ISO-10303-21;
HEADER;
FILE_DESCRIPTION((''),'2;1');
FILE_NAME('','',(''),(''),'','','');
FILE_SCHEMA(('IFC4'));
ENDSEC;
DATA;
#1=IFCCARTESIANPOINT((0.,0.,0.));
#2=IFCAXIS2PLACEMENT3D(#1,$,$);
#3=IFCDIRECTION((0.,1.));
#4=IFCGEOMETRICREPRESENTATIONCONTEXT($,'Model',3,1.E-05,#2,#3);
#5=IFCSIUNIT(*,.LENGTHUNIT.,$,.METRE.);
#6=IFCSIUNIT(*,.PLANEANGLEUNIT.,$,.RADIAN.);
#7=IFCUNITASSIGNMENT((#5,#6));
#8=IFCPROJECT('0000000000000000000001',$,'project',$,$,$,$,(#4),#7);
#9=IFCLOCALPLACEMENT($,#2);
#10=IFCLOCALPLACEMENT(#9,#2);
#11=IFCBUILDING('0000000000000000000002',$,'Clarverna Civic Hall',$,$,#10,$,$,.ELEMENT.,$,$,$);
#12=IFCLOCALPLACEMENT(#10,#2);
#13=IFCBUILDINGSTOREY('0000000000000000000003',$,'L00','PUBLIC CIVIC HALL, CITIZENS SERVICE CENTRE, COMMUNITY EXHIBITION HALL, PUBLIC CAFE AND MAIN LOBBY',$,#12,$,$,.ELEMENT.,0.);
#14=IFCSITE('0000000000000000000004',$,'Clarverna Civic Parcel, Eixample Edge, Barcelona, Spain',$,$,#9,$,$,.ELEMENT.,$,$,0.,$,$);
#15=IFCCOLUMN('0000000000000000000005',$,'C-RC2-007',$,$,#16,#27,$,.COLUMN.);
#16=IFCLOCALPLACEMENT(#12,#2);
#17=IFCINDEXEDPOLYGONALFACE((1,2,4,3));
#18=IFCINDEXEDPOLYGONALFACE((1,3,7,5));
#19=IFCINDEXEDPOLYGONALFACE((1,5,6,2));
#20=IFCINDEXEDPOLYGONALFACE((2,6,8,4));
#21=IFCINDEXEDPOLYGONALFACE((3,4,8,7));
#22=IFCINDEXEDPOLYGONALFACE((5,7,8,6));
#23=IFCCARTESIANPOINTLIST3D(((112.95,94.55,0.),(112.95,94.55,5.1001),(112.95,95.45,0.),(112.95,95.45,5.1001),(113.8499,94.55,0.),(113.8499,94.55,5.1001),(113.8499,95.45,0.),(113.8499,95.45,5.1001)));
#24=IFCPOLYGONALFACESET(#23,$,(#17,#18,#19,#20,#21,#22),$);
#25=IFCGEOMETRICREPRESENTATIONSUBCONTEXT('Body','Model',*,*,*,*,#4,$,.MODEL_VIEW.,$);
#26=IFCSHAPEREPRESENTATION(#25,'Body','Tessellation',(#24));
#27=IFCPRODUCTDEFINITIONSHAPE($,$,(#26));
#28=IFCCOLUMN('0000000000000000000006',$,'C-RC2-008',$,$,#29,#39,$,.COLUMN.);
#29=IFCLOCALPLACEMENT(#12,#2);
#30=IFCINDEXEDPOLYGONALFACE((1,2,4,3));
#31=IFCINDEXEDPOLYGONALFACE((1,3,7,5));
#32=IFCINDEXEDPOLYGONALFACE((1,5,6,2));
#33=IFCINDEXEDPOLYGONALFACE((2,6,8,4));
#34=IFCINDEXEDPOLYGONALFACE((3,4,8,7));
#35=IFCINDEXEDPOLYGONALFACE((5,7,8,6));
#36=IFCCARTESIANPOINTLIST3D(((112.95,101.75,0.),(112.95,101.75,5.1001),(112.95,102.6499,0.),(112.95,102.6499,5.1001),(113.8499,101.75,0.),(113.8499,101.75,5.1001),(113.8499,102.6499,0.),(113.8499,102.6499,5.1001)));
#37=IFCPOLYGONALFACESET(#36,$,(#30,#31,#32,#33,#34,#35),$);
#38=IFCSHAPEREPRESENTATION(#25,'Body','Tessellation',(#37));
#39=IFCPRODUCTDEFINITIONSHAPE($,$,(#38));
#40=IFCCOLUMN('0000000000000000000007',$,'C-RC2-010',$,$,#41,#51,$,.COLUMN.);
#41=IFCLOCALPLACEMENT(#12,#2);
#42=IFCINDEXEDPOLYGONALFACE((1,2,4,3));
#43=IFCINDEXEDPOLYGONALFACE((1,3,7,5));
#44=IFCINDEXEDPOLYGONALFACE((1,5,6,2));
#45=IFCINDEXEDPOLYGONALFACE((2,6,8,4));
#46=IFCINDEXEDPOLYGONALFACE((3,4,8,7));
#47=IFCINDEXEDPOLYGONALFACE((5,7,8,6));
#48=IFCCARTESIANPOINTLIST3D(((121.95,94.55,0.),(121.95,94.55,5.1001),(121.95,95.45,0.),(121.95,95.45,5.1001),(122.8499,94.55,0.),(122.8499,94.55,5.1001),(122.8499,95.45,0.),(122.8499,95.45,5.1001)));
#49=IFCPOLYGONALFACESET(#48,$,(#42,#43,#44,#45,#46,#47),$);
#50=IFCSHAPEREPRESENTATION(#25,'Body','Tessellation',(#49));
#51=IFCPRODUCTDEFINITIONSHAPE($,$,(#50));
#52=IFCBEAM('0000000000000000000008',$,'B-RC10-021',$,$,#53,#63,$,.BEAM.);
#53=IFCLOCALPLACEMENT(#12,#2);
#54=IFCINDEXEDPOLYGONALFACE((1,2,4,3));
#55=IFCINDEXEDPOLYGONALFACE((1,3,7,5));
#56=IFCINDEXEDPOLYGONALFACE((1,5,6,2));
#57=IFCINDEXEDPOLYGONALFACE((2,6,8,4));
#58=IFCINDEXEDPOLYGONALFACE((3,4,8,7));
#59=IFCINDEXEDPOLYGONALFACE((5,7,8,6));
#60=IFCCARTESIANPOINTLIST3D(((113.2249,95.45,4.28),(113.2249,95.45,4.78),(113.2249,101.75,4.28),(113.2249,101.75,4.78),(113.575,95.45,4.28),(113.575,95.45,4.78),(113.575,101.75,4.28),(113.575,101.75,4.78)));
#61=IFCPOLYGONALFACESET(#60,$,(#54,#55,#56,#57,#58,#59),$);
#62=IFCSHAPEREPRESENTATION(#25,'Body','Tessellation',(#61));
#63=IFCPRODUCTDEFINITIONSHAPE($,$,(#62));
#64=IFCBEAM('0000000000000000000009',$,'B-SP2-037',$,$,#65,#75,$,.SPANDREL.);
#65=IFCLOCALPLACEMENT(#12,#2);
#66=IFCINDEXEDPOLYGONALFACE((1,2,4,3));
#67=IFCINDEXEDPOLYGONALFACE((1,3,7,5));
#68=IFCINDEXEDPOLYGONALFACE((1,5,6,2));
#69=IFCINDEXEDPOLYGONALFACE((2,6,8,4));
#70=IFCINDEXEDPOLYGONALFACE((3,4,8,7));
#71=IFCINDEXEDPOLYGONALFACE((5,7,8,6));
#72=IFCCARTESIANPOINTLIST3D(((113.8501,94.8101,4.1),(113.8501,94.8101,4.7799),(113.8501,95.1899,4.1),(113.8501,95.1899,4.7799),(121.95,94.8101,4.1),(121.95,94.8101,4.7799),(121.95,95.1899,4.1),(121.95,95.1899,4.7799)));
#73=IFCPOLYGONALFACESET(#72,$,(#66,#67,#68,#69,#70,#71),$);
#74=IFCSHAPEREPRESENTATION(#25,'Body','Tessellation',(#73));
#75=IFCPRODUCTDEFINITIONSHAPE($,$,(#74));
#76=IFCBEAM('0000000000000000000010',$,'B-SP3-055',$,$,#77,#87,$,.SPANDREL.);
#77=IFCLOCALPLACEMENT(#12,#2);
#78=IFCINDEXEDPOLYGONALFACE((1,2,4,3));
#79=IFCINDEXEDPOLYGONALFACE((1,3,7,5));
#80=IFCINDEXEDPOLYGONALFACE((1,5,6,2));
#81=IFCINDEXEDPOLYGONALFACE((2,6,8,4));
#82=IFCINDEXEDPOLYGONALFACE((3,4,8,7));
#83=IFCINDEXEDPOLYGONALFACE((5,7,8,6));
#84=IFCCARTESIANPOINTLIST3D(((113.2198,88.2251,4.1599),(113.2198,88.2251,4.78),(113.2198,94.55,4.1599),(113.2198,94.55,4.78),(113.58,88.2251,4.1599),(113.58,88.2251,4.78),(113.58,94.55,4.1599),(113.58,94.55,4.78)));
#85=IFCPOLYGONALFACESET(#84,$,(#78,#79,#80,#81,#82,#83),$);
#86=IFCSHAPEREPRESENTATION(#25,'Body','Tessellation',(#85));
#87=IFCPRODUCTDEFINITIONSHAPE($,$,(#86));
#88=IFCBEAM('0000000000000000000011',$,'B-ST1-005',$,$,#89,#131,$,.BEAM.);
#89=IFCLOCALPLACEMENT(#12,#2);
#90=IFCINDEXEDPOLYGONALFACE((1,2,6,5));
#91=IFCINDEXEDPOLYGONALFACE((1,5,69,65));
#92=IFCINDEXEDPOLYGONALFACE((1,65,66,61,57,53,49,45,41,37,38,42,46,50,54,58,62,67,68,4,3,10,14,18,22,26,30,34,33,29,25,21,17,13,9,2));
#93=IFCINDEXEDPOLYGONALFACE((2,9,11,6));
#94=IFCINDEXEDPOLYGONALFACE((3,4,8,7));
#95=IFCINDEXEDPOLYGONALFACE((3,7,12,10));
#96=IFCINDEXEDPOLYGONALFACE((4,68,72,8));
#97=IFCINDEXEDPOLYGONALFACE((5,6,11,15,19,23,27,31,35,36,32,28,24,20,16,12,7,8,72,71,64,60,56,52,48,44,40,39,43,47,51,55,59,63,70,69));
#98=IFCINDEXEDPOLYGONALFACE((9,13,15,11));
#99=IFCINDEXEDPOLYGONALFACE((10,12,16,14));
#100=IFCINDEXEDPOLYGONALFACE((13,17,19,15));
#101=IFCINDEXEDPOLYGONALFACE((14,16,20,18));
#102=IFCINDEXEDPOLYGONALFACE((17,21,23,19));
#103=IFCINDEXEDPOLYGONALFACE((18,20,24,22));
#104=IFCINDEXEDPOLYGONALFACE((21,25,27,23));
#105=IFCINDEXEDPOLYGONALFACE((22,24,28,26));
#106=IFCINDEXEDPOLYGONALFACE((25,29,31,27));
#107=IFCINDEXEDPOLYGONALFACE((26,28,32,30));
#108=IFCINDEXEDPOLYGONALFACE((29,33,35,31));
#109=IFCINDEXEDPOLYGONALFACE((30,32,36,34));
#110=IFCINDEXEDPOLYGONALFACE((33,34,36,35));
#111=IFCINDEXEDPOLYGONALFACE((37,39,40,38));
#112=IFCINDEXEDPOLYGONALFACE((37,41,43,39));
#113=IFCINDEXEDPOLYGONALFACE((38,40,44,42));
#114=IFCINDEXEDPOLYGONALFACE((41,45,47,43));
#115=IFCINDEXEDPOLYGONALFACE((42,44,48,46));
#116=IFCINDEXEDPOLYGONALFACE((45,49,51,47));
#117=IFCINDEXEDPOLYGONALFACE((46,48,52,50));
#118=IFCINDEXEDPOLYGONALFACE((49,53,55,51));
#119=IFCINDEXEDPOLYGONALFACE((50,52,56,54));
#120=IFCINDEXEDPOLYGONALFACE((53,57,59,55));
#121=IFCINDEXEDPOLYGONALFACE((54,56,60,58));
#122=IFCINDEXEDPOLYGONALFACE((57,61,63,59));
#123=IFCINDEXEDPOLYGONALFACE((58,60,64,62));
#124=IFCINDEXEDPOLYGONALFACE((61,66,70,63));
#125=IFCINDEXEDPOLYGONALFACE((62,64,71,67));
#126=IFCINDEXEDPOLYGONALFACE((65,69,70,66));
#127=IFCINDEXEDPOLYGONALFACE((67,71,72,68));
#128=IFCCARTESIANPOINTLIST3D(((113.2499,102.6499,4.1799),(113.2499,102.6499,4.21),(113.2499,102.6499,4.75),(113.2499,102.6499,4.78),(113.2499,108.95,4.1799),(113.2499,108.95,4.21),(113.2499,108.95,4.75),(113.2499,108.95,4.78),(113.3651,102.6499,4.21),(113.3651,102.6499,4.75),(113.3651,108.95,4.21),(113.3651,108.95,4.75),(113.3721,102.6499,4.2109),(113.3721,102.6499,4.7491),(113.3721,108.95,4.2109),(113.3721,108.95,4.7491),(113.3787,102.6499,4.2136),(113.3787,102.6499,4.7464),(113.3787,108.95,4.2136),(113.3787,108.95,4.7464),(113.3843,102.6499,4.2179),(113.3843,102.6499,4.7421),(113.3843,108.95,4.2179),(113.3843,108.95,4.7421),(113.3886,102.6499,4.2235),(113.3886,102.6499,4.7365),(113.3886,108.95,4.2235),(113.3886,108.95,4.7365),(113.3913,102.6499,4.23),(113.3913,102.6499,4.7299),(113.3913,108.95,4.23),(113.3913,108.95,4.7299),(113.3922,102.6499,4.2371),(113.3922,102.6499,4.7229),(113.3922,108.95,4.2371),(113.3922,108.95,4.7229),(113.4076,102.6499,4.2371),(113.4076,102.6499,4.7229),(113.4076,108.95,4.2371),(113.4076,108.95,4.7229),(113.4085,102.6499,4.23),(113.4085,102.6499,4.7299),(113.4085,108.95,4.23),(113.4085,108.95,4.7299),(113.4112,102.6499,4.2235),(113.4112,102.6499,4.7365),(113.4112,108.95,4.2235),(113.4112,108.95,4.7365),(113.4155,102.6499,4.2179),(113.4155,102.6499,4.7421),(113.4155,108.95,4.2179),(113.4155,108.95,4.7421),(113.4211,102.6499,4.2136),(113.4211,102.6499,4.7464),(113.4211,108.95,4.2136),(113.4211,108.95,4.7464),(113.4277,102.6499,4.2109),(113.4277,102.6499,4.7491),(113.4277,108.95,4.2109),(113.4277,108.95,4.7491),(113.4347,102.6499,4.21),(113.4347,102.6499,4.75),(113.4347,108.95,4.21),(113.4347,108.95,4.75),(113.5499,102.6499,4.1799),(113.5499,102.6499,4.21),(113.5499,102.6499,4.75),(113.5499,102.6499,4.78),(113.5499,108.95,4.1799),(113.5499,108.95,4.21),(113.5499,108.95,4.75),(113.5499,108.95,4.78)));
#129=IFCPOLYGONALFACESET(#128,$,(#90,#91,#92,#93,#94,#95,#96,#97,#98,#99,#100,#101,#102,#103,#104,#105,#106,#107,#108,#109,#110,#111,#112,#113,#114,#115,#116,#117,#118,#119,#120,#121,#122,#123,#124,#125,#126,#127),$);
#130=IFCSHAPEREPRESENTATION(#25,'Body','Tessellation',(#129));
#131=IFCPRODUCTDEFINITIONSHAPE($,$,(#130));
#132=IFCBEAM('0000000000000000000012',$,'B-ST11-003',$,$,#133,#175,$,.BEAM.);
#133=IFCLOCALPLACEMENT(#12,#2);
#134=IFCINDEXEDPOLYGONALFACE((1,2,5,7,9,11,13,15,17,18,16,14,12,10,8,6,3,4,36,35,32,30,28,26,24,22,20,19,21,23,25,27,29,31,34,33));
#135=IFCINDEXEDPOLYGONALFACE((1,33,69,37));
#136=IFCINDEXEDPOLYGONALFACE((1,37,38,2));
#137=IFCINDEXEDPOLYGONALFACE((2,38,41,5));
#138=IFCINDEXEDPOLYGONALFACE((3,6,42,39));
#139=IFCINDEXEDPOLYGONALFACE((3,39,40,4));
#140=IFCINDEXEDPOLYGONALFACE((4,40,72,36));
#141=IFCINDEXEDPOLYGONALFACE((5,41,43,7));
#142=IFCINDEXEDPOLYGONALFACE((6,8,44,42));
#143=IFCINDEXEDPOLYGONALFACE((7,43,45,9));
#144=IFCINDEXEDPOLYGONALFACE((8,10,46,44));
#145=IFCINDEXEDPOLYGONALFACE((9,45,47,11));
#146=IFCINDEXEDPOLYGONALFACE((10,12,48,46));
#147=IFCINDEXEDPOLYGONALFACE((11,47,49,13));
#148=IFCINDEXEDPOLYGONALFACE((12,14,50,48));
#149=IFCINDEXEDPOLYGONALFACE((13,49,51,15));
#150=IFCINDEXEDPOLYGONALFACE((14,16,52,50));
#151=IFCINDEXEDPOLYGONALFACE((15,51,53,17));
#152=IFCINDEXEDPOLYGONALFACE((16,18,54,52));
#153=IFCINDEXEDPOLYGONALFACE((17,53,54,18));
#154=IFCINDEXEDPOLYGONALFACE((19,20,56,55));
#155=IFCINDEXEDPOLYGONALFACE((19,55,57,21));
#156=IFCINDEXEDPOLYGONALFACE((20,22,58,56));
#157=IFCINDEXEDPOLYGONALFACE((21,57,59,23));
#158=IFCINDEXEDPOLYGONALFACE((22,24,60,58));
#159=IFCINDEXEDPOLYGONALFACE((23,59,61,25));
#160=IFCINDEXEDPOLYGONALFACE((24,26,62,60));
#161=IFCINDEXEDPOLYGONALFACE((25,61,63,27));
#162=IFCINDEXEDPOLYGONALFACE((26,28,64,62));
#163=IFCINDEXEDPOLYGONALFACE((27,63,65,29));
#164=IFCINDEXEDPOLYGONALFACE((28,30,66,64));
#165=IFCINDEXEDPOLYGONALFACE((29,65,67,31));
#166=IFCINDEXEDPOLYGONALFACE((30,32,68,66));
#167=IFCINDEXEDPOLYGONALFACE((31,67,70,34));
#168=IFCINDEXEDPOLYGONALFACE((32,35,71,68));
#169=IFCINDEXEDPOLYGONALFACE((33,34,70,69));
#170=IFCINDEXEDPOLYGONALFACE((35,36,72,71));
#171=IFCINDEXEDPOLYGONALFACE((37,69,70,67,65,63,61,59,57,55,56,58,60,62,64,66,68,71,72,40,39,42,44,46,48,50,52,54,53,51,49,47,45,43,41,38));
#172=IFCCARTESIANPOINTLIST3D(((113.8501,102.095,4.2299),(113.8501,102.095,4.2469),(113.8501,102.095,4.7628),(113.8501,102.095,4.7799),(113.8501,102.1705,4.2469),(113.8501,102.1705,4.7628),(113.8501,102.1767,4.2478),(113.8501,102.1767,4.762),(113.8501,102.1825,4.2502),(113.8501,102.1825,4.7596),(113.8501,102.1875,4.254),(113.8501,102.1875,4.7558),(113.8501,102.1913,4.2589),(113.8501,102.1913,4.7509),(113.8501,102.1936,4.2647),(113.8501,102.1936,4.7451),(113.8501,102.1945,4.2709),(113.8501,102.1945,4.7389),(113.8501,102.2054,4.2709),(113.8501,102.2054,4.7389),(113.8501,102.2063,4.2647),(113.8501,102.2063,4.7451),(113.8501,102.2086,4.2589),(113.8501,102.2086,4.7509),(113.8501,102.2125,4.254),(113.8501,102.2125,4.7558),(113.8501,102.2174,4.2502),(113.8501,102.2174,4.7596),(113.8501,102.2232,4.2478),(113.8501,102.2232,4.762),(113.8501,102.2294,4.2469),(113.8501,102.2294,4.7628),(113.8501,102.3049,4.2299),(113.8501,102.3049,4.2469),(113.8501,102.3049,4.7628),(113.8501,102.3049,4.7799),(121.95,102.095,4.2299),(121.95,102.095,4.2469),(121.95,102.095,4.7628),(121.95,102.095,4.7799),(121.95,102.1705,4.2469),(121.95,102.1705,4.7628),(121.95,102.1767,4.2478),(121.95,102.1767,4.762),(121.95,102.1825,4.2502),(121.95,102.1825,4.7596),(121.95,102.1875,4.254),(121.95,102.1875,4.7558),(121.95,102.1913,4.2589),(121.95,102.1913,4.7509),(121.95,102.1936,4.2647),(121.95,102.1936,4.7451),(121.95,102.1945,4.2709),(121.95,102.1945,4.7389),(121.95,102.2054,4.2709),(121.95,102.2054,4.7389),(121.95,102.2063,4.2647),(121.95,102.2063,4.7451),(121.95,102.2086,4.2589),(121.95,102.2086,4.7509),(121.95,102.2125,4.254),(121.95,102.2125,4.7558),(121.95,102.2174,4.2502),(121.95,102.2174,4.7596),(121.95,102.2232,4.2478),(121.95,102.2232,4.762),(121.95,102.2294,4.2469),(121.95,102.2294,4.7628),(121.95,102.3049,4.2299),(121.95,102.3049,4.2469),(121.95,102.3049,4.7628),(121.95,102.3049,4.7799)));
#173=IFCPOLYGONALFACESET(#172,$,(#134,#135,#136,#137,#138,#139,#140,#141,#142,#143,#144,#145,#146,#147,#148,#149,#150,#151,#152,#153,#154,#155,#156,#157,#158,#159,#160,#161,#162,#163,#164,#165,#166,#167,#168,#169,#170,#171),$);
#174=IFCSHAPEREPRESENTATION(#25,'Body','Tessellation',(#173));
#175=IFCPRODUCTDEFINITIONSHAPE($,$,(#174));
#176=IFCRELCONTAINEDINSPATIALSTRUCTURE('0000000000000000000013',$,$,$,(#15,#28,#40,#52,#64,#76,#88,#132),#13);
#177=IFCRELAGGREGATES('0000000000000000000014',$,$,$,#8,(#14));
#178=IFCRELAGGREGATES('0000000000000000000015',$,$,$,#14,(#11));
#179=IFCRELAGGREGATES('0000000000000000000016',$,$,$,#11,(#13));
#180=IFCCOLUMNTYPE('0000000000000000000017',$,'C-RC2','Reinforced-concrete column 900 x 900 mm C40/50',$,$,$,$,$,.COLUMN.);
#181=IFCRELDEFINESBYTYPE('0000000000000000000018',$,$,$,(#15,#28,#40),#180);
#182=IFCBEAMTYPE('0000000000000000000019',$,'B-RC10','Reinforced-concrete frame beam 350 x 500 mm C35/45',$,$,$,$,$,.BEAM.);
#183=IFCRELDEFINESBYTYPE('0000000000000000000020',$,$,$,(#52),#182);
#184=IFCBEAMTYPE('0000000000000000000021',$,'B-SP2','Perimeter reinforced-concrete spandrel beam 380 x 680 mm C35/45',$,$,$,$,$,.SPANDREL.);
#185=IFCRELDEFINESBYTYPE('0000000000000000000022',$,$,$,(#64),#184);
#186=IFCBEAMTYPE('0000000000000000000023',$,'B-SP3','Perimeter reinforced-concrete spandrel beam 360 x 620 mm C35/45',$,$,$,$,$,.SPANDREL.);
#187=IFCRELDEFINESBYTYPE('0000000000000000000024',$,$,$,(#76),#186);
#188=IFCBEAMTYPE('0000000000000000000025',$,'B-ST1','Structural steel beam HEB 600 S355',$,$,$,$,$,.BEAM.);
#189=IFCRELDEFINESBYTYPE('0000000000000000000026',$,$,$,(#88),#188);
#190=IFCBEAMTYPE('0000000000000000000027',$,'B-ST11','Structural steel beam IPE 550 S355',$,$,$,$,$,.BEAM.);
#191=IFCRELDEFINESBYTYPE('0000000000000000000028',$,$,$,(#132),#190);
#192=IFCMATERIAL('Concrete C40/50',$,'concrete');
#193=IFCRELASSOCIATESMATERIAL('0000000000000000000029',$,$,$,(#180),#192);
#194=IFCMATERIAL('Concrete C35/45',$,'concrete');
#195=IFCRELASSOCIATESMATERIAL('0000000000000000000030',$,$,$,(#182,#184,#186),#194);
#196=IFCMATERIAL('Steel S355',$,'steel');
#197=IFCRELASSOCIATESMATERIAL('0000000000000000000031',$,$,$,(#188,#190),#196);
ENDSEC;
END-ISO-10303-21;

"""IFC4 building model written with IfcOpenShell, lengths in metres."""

from ifc_helpers import new_model, si_unit, direction, frame, origin, origin_2d, place, context, subcontext, project, spatial, rectangle, i_section, extrude, material, material_profile, profile_set, type_object, element, save


model = new_model("IFC4")

# Units and contexts
model_context = context("Model", 3, precision=1e-05, world=origin(), true_north=direction((0.0, 1.0)))
body_context = subcontext(model_context, "Body", "Model", "MODEL_VIEW")
ifc_project = project(units=[si_unit("LENGTHUNIT", "METRE"), si_unit("PLANEANGLEUNIT", "RADIAN")], contexts=[model_context])

# Site, building, storey
site_placement = place(None, origin())
site = spatial("IfcSite", under=ifc_project, at=site_placement, Name="Clarverna Civic Parcel, Eixample Edge, Barcelona, Spain", CompositionType="ELEMENT", RefElevation=0.0)
building_placement = place(site_placement, origin())
building = spatial("IfcBuilding", under=site, at=building_placement, Name="Clarverna Civic Hall", CompositionType="ELEMENT")
storey_placement = place(building_placement, origin())
storey = spatial("IfcBuildingStorey", under=building, at=storey_placement, Name="L00", Description="PUBLIC CIVIC HALL, CITIZENS SERVICE CENTRE, COMMUNITY EXHIBITION HALL, PUBLIC CAFE AND MAIN LOBBY", CompositionType="ELEMENT", Elevation=0.0)

# Columns
ifc_material_1 = material(Name="Concrete C40/50", Category="concrete")
ifc_material_profile_1 = material_profile(ifc_material_1, rectangle(XDim=0.8999, YDim=0.8999, at=origin_2d()), Name="RC 900x900")
ifc_profile_set_1 = profile_set([ifc_material_profile_1], Name="Concrete C40/50")
column_type = type_object("IfcColumnType", Name="C-RC2", Description="Reinforced-concrete column 900 x 900 mm C40/50", PredefinedType="COLUMN", material=ifc_profile_set_1)
for number, where, z_axis, x_axis, name in (
    (1, (113.3999, 95.0, 0.0), (0.0, 0.0, 1.0), (1.0, 0.0, 0.0), "C-RC2-007"),
    (2, (113.3999, 102.2, 0.0), (0.0, 0.0, 1.0), (1.0, 0.0, 0.0), "C-RC2-008"),
    (3, (122.3999, 95.0, 0.0), (0.0, 0.0, 1.0), (1.0, 0.0, 0.0), "C-RC2-010"),
):
    element("IfcColumn", number, at=place(storey_placement, frame(where, z_axis=z_axis, x_axis=x_axis)), inside=storey, type_object=column_type, Name=name, PredefinedType="COLUMN", context=body_context, shape_type="SweptSolid", body=[
        extrude(rectangle(XDim=0.8999, YDim=0.8999, at=origin_2d()), origin(), (0.0, 0.0, 1.0), 5.1001),
    ])

# Beams
ifc_material_2 = material(Name="Concrete C35/45", Category="concrete")
ifc_material_profile_2 = material_profile(ifc_material_2, rectangle(XDim=0.3501, YDim=0.5, at=origin_2d()), Name="RC 350x500")
ifc_profile_set_2 = profile_set([ifc_material_profile_2], Name="Concrete C35/45")
beam_type_1 = type_object("IfcBeamType", Name="B-RC10", Description="Reinforced-concrete frame beam 350 x 500 mm C35/45", PredefinedType="BEAM", material=ifc_profile_set_2)
beam_1_placement = place(storey_placement, frame((113.3999, 95.45, 4.53), z_axis=(0.0, 1.0, 0.0), x_axis=(-1.0, 0.0, 0.0)))
element("IfcBeam", 4, at=beam_1_placement, inside=storey, type_object=beam_type_1, Name="B-RC10-021", PredefinedType="BEAM", context=body_context, shape_type="SweptSolid", body=[
    extrude(rectangle(XDim=0.3501, YDim=0.5, at=origin_2d()), origin(), (0.0, 0.0, 1.0), 6.3),
])
ifc_material_profile_3 = material_profile(ifc_material_2, rectangle(XDim=0.3799, YDim=0.6799, at=origin_2d()), Name="RC 380x680")
ifc_profile_set_3 = profile_set([ifc_material_profile_3], Name="Concrete C35/45")
beam_type_2 = type_object("IfcBeamType", Name="B-SP2", Description="Perimeter reinforced-concrete spandrel beam 380 x 680 mm C35/45", PredefinedType="SPANDREL", material=ifc_profile_set_3)
beam_2_placement = place(storey_placement, frame((113.8501, 95.0, 4.4399), z_axis=(1.0, 0.0, 0.0), x_axis=(0.0, 1.0, 0.0)))
element("IfcBeam", 5, at=beam_2_placement, inside=storey, type_object=beam_type_2, Name="B-SP2-037", PredefinedType="SPANDREL", context=body_context, shape_type="SweptSolid", body=[
    extrude(rectangle(XDim=0.3799, YDim=0.6799, at=origin_2d()), origin(), (0.0, 0.0, 1.0), 8.0999),
])
ifc_material_profile_4 = material_profile(ifc_material_2, rectangle(XDim=0.3601, YDim=0.6201, at=origin_2d()), Name="RC 360x620")
ifc_profile_set_4 = profile_set([ifc_material_profile_4], Name="Concrete C35/45")
beam_type_3 = type_object("IfcBeamType", Name="B-SP3", Description="Perimeter reinforced-concrete spandrel beam 360 x 620 mm C35/45", PredefinedType="SPANDREL", material=ifc_profile_set_4)
beam_3_placement = place(storey_placement, frame((113.3999, 88.2251, 4.47), z_axis=(0.0, 1.0, 0.0), x_axis=(-1.0, 0.0, 0.0)))
element("IfcBeam", 6, at=beam_3_placement, inside=storey, type_object=beam_type_3, Name="B-SP3-055", PredefinedType="SPANDREL", context=body_context, shape_type="SweptSolid", body=[
    extrude(rectangle(XDim=0.3601, YDim=0.6201, at=origin_2d()), origin(), (0.0, 0.0, 1.0), 6.325),
])
ifc_material_3 = material(Name="Steel S355", Category="steel")
ifc_material_profile_5 = material_profile(ifc_material_3, i_section(OverallWidth=0.3, OverallDepth=0.6001, WebThickness=0.0154, FlangeThickness=0.03, FilletRadius=0.0271, at=origin_2d()), Name="HEB 600")
ifc_profile_set_5 = profile_set([ifc_material_profile_5], Name="Steel S355")
beam_type_4 = type_object("IfcBeamType", Name="B-ST1", Description="Structural steel beam HEB 600 S355", PredefinedType="BEAM", material=ifc_profile_set_5)
beam_4_placement = place(storey_placement, frame((113.3999, 102.6499, 4.48), z_axis=(0.0, 1.0, 0.0), x_axis=(-1.0, 0.0, 0.0)))
element("IfcBeam", 7, at=beam_4_placement, inside=storey, type_object=beam_type_4, Name="B-ST1-005", PredefinedType="BEAM", context=body_context, shape_type="SweptSolid", body=[
    extrude(i_section(OverallWidth=0.3, OverallDepth=0.6001, WebThickness=0.0154, FlangeThickness=0.03, FilletRadius=0.0271, at=origin_2d()), origin(), (0.0, 0.0, 1.0), 6.3),
])
ifc_material_profile_6 = material_profile(ifc_material_3, i_section(OverallWidth=0.21, OverallDepth=0.55, WebThickness=0.011, FlangeThickness=0.0171, FilletRadius=0.0239, at=origin_2d()), Name="IPE 550")
ifc_profile_set_6 = profile_set([ifc_material_profile_6], Name="Steel S355")
beam_type_5 = type_object("IfcBeamType", Name="B-ST11", Description="Structural steel beam IPE 550 S355", PredefinedType="BEAM", material=ifc_profile_set_6)
beam_5_placement = place(storey_placement, frame((113.8501, 102.2, 4.5049), z_axis=(1.0, 0.0, 0.0), x_axis=(0.0, 1.0, 0.0)))
element("IfcBeam", 8, at=beam_5_placement, inside=storey, type_object=beam_type_5, Name="B-ST11-003", PredefinedType="BEAM", context=body_context, shape_type="SweptSolid", body=[
    extrude(i_section(OverallWidth=0.21, OverallDepth=0.55, WebThickness=0.011, FlangeThickness=0.0171, FilletRadius=0.0239, at=origin_2d()), origin(), (0.0, 0.0, 1.0), 8.0999),
])

save(model, "model.ifc")
